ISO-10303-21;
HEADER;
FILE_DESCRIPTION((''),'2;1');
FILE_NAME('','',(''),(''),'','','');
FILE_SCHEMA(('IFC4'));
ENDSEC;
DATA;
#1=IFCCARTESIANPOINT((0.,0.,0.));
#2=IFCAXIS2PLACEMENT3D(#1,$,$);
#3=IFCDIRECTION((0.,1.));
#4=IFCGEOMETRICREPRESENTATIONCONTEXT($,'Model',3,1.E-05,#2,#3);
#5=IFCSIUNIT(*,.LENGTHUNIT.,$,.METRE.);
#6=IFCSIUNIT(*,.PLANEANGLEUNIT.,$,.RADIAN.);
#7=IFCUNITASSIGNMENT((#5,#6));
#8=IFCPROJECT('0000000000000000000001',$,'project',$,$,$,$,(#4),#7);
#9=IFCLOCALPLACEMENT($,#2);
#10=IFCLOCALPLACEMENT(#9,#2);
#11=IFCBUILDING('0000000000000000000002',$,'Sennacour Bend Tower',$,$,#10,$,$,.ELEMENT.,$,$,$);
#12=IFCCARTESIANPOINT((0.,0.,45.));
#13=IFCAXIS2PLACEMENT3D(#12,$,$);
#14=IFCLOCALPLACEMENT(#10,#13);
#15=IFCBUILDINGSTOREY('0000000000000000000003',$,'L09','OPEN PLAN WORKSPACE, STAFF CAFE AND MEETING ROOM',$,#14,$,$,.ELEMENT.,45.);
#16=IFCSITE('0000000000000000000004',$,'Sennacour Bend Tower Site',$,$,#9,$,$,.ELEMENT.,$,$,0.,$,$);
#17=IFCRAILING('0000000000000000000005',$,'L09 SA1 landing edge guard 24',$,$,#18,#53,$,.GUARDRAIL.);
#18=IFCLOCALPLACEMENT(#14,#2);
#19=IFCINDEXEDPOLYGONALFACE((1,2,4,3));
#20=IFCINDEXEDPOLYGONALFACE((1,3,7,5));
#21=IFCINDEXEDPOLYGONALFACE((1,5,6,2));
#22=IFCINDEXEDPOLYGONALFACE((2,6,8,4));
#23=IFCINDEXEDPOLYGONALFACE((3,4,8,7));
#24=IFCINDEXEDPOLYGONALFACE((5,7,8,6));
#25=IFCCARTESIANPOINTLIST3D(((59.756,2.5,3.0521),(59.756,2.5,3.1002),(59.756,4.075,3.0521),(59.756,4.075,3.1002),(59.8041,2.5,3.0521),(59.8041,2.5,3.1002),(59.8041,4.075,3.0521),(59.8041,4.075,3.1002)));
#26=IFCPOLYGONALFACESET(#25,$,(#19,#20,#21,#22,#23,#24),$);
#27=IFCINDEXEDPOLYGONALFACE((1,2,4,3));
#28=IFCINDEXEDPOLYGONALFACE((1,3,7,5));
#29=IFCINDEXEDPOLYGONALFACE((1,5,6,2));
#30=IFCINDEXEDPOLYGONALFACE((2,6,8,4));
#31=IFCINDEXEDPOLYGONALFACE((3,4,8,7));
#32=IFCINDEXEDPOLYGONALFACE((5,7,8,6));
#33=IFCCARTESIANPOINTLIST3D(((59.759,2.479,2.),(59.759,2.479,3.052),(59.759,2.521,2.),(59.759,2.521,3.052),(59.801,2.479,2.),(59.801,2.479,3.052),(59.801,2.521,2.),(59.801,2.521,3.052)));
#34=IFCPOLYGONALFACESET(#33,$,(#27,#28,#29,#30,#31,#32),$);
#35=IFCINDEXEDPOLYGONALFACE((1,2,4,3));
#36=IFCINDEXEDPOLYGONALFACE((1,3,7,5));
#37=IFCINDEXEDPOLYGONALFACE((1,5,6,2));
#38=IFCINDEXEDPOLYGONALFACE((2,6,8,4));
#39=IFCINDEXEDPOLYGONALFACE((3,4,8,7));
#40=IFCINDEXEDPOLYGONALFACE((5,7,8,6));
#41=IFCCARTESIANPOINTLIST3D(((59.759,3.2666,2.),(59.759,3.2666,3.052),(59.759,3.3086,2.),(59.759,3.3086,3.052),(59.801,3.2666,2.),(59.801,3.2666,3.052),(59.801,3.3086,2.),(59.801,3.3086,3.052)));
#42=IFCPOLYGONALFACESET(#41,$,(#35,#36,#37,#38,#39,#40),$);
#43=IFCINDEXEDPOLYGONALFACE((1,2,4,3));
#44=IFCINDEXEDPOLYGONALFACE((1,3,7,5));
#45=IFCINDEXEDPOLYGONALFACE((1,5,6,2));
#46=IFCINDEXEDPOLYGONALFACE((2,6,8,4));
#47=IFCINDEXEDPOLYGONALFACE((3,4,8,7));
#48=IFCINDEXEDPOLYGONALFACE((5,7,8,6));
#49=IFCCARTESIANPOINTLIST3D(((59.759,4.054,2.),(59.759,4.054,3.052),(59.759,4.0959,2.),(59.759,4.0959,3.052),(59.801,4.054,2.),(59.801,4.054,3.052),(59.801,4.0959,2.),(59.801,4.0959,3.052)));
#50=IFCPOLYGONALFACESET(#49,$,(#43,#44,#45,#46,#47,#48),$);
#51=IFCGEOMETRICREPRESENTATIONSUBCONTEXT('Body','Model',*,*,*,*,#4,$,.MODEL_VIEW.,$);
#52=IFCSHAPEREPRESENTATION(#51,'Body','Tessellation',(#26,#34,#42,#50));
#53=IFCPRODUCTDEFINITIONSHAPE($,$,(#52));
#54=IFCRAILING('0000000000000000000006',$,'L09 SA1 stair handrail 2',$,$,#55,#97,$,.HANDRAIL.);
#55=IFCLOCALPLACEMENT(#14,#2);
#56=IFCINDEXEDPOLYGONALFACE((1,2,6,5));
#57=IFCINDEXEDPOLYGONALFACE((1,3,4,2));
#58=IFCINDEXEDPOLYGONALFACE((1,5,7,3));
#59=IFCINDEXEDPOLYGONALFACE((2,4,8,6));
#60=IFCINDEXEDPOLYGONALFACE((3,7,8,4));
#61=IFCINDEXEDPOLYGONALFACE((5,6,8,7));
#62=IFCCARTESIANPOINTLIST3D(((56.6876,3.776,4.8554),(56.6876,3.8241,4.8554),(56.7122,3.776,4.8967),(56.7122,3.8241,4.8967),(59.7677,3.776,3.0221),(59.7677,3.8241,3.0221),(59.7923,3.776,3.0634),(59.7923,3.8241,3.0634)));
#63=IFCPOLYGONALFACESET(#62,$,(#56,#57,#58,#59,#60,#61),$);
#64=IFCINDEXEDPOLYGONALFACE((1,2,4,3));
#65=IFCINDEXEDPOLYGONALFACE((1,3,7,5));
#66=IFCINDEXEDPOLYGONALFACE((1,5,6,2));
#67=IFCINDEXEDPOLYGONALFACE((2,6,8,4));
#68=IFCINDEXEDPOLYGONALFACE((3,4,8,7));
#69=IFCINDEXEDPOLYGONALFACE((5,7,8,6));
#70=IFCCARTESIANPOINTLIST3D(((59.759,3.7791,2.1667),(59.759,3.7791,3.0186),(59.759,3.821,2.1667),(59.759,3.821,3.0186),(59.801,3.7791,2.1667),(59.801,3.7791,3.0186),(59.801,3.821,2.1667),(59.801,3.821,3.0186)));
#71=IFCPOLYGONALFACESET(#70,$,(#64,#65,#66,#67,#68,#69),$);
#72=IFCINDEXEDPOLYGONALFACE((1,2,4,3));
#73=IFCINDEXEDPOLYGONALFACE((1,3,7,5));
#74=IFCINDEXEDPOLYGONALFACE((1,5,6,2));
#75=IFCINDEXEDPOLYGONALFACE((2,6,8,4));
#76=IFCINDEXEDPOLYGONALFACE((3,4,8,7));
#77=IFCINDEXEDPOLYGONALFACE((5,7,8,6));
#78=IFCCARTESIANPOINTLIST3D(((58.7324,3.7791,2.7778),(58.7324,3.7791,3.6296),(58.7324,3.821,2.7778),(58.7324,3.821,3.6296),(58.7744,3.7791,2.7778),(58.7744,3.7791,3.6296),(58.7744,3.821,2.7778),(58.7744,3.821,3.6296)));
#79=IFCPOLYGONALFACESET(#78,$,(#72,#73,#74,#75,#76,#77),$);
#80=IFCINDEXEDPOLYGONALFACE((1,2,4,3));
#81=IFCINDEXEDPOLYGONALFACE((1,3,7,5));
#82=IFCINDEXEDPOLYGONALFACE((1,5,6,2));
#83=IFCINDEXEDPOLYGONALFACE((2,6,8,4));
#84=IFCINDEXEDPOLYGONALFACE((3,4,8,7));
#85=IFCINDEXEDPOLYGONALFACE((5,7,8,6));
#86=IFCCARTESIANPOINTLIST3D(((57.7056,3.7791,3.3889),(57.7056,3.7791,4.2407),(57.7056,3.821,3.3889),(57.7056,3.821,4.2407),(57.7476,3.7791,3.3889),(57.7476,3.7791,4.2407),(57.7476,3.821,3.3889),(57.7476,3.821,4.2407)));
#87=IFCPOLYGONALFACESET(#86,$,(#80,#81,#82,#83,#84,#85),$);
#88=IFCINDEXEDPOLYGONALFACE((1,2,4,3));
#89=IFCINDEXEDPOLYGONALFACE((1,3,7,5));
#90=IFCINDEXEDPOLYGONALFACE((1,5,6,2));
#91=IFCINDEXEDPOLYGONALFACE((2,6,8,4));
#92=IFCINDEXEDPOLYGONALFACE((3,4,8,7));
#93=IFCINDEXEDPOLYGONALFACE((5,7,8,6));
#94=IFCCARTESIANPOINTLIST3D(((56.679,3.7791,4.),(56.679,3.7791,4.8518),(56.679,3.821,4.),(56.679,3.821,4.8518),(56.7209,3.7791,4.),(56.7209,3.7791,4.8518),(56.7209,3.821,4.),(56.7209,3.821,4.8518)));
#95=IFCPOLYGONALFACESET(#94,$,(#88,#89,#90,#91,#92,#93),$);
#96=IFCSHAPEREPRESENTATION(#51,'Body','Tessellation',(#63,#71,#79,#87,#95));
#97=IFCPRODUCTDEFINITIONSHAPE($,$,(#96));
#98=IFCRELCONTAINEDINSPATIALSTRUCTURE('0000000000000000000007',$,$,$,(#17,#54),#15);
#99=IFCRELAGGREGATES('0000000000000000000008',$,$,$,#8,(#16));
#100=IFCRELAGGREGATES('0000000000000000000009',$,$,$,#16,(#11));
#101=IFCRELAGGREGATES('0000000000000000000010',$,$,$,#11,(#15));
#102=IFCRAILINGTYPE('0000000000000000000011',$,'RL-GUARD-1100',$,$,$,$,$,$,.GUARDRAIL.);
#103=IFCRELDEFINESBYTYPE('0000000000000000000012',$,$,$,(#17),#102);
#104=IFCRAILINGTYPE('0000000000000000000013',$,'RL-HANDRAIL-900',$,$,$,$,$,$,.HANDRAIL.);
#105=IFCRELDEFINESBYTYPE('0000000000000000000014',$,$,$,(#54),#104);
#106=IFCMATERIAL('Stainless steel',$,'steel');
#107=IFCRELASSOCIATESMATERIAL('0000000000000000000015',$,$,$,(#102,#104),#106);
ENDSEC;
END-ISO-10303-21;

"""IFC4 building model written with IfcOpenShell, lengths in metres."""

from ifc_helpers import new_model, si_unit, direction, frame, origin, origin_2d, place, context, subcontext, project, spatial, rectangle, extrude, material, type_object, element, save


model = new_model("IFC4")

# Units and contexts
model_context = context("Model", 3, precision=1e-05, world=origin(), true_north=direction((0.0, 1.0)))
body_context = subcontext(model_context, "Body", "Model", "MODEL_VIEW")
ifc_project = project(units=[si_unit("LENGTHUNIT", "METRE"), si_unit("PLANEANGLEUNIT", "RADIAN")], contexts=[model_context])

# Site, building, storey
site_placement = place(None, origin())
site = spatial("IfcSite", under=ifc_project, at=site_placement, Name="Sennacour Bend Tower Site", CompositionType="ELEMENT", RefElevation=0.0)
building_placement = place(site_placement, origin())
building = spatial("IfcBuilding", under=site, at=building_placement, Name="Sennacour Bend Tower", CompositionType="ELEMENT")
storey_placement = place(building_placement, frame((0.0, 0.0, 45.0)))
storey = spatial("IfcBuildingStorey", under=building, at=storey_placement, Name="L09", Description="OPEN PLAN WORKSPACE, STAFF CAFE AND MEETING ROOM", CompositionType="ELEMENT", Elevation=45.0)

# Shared definitions
ifc_material_1 = material(Name="Stainless steel", Category="steel")

# Railings
railing_type_1 = type_object("IfcRailingType", Name="RL-GUARD-1100", PredefinedType="GUARDRAIL", material=ifc_material_1)
railing_1_placement = place(storey_placement, frame((59.78, 2.5, 2.0)))
element("IfcRailing", 1, at=railing_1_placement, inside=storey, type_object=railing_type_1, Name="L09 SA1 landing edge guard 24", PredefinedType="GUARDRAIL", context=body_context, shape_type="SweptSolid", body=[
    extrude(rectangle(XDim=0.0481, YDim=0.0481, at=origin_2d()), frame((0.0, 0.0, 1.0762), z_axis=(0.0, 1.0, 0.0), x_axis=(-1.0, 0.0, 0.0)), (0.0, 0.0, 1.0), 1.575),
    extrude(rectangle(XDim=0.042, YDim=0.042, at=origin_2d()), origin(), (0.0, 0.0, 1.0), 1.052),
    extrude(rectangle(XDim=0.042, YDim=0.042, at=origin_2d()), frame((0.0, 0.7876, 0.0)), (0.0, 0.0, 1.0), 1.052),
    extrude(rectangle(XDim=0.042, YDim=0.042, at=origin_2d()), frame((0.0, 1.575, 0.0)), (0.0, 0.0, 1.0), 1.052),
])
railing_type_2 = type_object("IfcRailingType", Name="RL-HANDRAIL-900", PredefinedType="HANDRAIL", material=ifc_material_1)
railing_2_placement = place(storey_placement, frame((59.78, 3.8, 2.1667)))
element("IfcRailing", 2, at=railing_2_placement, inside=storey, type_object=railing_type_2, Name="L09 SA1 stair handrail 2", PredefinedType="HANDRAIL", context=body_context, shape_type="SweptSolid", body=[
    extrude(rectangle(XDim=0.0481, YDim=0.0481, at=origin_2d()), frame((0.0, 0.0, 0.876), z_axis=(-0.859309, 0.0, 0.511458), x_axis=(0.0, -1.0, 0.0)), (0.0, 0.0, 1.0), 3.5845),
    extrude(rectangle(XDim=0.042, YDim=0.042, at=origin_2d()), origin(), (0.0, 0.0, 1.0), 0.8518),
    extrude(rectangle(XDim=0.042, YDim=0.042, at=origin_2d()), frame((-1.0266, 0.0, 0.6111)), (0.0, 0.0, 1.0), 0.8518),
    extrude(rectangle(XDim=0.042, YDim=0.042, at=origin_2d()), frame((-2.0535, 0.0, 1.2222)), (0.0, 0.0, 1.0), 0.8518),
    extrude(rectangle(XDim=0.042, YDim=0.042, at=origin_2d()), frame((-3.0801, 0.0, 1.8333)), (0.0, 0.0, 1.0), 0.8518),
])

save(model, "model.ifc")
